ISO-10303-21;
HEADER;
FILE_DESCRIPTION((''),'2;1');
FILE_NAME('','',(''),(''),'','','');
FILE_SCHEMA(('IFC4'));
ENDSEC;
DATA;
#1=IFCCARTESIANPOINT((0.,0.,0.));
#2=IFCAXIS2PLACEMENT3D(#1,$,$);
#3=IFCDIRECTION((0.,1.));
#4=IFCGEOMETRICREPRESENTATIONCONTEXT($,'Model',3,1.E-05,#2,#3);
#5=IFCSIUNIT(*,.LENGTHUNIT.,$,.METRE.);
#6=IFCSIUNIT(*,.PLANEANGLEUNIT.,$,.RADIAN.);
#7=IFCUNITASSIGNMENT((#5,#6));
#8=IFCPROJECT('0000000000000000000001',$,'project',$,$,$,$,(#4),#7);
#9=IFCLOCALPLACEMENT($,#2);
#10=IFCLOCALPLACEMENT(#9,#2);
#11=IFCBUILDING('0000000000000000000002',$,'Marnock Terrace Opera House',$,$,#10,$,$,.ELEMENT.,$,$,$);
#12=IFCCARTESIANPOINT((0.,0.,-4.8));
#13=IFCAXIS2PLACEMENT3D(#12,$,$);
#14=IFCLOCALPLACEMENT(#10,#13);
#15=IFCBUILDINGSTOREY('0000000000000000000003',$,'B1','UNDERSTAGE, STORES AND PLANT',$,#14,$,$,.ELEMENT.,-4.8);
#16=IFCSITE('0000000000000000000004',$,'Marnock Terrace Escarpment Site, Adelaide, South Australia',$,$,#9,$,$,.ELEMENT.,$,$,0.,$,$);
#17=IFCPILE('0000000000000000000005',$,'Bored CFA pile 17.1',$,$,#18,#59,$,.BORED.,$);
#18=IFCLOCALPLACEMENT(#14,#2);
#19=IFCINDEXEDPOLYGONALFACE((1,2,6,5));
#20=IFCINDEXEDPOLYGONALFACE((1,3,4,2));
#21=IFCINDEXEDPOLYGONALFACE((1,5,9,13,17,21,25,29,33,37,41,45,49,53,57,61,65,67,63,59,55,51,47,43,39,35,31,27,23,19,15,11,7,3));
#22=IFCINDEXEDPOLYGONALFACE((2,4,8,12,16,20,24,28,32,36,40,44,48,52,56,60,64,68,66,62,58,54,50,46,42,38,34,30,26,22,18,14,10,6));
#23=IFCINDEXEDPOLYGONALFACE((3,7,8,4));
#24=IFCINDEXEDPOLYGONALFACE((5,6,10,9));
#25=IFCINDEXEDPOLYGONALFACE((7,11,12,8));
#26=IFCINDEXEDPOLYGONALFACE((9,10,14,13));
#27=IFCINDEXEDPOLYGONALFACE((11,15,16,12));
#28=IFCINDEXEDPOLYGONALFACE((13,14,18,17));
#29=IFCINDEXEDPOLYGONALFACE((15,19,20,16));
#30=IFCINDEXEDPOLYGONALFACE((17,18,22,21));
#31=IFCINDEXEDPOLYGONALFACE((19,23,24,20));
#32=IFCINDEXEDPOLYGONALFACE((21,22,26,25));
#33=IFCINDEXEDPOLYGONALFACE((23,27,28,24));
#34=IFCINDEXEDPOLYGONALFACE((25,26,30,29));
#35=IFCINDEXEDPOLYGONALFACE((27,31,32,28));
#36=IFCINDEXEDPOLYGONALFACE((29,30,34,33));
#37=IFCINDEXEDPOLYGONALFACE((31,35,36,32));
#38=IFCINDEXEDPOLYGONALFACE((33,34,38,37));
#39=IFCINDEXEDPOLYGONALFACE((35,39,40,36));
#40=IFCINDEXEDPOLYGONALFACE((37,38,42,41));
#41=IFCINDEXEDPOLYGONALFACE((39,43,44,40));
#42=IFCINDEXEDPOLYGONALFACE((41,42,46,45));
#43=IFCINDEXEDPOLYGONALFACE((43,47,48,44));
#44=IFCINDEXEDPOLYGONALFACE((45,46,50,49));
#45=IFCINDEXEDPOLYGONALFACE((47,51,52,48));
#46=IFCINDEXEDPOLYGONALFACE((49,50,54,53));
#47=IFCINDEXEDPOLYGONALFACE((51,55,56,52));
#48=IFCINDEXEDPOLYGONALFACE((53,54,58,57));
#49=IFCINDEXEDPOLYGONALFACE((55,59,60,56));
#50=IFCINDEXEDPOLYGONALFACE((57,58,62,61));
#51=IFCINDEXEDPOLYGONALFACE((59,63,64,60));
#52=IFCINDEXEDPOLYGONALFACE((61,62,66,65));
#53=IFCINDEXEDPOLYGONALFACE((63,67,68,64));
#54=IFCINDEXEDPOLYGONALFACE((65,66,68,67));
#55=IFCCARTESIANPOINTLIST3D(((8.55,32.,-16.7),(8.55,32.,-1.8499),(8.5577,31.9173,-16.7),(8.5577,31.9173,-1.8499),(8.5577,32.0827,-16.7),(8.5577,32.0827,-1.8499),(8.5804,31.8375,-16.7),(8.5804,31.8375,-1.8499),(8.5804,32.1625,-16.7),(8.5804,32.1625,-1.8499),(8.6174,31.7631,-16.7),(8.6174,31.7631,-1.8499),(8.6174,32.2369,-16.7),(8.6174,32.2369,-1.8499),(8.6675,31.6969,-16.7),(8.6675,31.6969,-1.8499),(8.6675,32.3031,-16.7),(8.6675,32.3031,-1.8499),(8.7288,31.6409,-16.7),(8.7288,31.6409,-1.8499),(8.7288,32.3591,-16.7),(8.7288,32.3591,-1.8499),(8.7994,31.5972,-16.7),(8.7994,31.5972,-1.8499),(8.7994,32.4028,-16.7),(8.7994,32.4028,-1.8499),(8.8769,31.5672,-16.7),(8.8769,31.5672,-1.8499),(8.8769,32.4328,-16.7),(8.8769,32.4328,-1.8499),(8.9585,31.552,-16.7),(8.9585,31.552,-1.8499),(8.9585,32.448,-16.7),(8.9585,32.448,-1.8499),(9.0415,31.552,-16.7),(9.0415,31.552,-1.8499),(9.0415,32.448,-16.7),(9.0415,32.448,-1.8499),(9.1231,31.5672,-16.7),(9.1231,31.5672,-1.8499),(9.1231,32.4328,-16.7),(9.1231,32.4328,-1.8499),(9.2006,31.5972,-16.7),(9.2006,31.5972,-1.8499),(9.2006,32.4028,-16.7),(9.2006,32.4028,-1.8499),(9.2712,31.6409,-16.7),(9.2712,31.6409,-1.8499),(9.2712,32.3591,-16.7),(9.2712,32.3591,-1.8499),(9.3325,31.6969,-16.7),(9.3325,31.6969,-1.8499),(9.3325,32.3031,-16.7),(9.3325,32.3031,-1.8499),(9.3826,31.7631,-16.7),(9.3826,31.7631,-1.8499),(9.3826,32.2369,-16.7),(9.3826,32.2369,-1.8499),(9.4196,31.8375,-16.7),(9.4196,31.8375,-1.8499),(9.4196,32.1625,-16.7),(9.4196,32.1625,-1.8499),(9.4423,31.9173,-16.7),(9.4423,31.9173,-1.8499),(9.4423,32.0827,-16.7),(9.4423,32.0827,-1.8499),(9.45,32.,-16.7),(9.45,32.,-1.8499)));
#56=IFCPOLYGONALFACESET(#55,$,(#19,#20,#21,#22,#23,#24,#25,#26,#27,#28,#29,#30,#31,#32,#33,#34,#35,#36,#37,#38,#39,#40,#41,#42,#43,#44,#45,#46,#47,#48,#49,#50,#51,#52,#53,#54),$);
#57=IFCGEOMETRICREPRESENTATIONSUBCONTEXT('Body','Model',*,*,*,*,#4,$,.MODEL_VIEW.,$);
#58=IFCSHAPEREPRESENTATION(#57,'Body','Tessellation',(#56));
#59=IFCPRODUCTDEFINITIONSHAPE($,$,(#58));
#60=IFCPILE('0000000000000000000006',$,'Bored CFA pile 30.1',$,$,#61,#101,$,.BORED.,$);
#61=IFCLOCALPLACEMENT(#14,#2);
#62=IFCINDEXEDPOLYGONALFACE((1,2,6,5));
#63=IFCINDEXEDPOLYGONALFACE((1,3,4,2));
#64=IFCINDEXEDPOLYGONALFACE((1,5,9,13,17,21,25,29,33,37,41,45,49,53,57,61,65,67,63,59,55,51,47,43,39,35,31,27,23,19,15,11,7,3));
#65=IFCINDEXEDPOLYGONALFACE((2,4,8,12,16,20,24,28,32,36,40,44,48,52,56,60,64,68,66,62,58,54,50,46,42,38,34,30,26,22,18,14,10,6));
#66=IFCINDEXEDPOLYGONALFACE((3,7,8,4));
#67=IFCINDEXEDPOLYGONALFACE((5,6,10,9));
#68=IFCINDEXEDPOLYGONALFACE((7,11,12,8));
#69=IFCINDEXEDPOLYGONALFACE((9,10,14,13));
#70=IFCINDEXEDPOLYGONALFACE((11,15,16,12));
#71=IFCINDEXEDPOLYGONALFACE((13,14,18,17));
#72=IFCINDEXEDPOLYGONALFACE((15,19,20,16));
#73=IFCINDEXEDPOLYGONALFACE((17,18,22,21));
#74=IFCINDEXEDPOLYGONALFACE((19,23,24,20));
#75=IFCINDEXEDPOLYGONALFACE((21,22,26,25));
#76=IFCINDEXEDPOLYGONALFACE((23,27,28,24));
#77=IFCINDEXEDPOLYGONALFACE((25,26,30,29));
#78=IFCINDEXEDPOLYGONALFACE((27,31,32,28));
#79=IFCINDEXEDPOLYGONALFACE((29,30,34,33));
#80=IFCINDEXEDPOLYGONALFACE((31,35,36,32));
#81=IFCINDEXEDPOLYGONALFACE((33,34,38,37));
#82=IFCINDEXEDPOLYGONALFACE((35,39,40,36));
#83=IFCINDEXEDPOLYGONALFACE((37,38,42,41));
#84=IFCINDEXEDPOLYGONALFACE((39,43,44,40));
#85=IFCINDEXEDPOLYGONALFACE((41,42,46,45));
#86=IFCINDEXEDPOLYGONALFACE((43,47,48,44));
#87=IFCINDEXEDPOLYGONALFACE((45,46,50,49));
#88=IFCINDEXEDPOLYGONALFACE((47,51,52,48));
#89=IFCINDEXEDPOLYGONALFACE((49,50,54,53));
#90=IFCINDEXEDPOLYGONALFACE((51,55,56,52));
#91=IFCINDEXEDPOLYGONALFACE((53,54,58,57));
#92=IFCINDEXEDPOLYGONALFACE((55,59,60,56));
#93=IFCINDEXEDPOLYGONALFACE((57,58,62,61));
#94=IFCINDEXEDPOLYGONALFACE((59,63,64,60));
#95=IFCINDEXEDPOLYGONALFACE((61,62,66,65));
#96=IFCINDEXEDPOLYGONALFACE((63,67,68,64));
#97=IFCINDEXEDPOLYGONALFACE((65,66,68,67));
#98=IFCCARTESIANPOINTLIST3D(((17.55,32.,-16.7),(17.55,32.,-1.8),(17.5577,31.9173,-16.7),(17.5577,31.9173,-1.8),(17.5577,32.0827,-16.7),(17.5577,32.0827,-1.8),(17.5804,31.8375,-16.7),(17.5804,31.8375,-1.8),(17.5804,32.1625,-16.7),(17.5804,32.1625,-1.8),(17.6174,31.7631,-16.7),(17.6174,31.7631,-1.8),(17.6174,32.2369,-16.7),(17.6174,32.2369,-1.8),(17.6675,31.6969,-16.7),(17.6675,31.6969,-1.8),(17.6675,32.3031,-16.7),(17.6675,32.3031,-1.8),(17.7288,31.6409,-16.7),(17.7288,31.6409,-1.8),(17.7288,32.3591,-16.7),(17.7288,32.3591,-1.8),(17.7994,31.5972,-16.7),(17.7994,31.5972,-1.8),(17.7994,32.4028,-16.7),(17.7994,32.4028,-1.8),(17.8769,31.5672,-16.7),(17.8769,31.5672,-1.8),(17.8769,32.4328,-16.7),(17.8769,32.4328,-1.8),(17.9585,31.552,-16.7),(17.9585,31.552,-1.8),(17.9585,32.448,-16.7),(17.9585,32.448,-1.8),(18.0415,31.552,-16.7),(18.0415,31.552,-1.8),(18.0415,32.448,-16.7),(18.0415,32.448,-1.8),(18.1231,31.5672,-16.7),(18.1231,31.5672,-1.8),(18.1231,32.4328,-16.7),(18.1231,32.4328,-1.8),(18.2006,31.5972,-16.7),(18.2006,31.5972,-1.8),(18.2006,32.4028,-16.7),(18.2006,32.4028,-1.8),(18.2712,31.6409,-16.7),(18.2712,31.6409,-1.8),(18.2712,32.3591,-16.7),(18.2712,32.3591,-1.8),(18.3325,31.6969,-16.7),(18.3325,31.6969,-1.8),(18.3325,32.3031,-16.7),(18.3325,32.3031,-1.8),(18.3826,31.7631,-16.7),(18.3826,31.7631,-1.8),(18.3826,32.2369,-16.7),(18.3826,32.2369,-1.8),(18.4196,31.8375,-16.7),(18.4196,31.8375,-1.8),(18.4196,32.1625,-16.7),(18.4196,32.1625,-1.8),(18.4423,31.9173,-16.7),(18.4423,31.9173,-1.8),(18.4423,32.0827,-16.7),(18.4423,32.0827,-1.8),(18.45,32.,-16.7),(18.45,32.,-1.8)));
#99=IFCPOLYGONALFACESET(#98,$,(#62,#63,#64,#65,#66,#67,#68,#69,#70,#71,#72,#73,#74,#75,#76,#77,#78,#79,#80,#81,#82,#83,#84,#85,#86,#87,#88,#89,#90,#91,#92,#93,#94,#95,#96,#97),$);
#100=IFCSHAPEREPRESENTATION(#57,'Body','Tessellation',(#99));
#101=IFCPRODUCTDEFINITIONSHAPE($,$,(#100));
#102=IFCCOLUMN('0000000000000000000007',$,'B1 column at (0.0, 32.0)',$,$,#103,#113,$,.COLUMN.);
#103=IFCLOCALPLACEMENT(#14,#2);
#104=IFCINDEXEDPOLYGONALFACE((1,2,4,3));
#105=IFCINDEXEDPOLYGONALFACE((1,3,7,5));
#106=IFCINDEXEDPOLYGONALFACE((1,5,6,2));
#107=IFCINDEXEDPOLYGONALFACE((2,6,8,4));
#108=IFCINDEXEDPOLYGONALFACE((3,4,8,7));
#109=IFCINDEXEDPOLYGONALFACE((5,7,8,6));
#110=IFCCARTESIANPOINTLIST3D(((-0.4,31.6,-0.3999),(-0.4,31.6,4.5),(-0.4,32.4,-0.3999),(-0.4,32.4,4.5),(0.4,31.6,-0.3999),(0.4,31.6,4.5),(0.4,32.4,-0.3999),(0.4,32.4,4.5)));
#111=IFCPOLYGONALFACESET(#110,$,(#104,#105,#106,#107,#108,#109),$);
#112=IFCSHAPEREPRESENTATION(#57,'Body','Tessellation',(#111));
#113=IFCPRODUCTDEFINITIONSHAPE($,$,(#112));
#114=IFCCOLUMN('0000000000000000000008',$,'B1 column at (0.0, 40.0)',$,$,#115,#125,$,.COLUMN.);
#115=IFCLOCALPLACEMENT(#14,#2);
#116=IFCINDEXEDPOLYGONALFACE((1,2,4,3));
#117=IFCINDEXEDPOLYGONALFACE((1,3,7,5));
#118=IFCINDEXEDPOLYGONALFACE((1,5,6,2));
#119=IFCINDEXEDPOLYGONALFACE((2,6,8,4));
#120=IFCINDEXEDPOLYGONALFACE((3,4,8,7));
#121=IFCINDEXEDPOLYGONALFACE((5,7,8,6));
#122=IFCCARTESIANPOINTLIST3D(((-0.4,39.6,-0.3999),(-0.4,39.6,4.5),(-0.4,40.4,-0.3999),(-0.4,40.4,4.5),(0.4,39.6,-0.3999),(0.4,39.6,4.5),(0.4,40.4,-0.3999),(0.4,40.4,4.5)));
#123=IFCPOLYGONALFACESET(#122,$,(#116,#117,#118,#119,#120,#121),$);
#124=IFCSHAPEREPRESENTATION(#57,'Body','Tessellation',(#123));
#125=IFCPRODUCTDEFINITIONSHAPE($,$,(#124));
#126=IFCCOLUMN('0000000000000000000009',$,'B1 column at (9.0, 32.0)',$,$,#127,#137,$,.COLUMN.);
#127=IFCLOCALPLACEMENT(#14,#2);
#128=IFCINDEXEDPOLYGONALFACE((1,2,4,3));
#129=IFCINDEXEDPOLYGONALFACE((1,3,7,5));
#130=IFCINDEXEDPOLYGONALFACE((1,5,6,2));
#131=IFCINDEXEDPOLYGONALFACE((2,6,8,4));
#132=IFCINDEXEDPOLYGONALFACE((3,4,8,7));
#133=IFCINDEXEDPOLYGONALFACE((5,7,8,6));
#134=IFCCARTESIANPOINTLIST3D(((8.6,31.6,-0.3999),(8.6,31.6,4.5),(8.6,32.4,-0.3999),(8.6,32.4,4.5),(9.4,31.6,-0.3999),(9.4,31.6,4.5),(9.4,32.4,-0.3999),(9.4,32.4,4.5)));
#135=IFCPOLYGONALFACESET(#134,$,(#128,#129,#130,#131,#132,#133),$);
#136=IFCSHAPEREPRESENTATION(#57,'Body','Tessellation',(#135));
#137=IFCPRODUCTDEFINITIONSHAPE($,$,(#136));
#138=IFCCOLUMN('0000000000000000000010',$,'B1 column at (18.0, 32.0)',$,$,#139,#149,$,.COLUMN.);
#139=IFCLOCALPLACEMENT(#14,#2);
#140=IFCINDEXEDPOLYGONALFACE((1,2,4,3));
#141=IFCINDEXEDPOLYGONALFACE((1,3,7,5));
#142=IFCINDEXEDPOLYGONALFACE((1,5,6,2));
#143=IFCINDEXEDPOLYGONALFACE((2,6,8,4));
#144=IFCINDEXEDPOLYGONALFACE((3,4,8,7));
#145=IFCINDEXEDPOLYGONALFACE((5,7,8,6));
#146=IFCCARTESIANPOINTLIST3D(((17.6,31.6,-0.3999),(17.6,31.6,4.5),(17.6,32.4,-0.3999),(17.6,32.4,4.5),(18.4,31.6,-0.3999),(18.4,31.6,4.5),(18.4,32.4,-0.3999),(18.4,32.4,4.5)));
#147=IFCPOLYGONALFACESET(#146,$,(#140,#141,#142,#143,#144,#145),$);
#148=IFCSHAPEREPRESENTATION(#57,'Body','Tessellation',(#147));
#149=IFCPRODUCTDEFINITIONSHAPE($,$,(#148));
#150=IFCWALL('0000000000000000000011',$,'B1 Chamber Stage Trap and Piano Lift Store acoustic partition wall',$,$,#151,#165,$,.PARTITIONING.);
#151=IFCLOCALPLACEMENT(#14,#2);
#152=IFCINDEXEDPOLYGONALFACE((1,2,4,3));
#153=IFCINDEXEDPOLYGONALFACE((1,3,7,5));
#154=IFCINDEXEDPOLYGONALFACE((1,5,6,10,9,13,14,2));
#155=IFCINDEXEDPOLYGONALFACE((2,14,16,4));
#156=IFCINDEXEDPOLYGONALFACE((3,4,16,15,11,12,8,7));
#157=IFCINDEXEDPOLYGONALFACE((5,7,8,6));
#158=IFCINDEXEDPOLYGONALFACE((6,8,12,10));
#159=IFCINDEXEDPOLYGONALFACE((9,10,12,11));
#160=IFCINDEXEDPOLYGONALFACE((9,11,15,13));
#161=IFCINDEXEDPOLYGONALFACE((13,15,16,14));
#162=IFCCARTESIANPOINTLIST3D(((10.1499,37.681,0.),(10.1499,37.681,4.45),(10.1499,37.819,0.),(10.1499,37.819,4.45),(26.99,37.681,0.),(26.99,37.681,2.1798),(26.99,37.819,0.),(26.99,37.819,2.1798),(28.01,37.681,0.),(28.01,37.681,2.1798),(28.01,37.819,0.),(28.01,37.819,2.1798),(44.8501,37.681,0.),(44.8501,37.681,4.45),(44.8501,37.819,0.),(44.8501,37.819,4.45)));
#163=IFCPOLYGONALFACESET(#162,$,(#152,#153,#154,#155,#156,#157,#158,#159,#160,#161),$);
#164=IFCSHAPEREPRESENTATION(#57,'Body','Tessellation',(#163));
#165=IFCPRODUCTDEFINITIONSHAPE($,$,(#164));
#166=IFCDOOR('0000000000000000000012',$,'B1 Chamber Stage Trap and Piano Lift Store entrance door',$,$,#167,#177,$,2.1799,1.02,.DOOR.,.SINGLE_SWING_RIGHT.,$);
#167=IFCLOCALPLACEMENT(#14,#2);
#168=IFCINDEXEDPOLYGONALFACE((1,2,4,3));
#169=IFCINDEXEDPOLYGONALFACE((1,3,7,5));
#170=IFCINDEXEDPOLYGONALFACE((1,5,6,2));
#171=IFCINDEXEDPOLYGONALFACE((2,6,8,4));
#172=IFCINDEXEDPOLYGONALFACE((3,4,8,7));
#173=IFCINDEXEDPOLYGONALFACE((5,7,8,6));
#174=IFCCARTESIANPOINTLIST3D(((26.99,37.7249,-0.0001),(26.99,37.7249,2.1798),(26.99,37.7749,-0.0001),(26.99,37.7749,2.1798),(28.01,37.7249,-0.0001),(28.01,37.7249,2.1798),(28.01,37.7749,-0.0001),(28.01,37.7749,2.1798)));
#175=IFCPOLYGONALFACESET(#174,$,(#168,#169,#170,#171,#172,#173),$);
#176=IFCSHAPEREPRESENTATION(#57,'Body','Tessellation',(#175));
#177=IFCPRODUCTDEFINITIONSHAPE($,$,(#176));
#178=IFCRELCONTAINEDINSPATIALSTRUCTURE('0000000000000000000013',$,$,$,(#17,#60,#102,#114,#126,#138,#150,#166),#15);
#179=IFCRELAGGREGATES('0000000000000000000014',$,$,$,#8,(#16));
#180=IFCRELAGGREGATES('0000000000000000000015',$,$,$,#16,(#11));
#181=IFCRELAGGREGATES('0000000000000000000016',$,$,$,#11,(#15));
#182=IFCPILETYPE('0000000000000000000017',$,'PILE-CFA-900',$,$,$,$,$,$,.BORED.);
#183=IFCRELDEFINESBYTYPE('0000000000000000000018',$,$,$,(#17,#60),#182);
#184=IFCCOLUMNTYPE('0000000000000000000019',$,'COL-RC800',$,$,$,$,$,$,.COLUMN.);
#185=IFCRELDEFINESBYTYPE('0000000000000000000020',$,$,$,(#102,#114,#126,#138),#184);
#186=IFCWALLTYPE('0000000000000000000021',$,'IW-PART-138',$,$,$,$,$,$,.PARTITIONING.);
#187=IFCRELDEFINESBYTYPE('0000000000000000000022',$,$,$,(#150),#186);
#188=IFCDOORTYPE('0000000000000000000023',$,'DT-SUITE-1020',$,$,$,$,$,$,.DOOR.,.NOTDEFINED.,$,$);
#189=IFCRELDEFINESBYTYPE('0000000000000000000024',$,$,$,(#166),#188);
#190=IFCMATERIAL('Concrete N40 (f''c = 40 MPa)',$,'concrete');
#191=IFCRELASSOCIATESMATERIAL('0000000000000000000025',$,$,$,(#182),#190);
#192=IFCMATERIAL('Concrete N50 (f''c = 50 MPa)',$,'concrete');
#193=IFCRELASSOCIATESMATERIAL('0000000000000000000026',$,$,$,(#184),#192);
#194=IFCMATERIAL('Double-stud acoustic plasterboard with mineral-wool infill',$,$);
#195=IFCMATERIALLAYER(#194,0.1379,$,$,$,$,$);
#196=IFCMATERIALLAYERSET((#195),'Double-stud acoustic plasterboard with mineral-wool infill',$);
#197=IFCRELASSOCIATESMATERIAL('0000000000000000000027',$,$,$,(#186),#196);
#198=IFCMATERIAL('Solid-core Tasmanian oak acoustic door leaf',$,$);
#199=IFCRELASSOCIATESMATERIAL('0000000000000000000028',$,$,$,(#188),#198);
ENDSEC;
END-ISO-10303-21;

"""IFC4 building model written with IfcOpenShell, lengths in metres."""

from ifc_helpers import new_model, si_unit, direction, frame, frame_2d, origin, origin_2d, place, context, subcontext, project, spatial, rectangle, circle, extrude, material, layer, layer_set, material_profile, profile_set, type_object, element, fill, save


model = new_model("IFC4")

# Units and contexts
model_context = context("Model", 3, precision=1e-05, world=origin(), true_north=direction((0.0, 1.0)))
body_context = subcontext(model_context, "Body", "Model", "MODEL_VIEW")
ifc_project = project(units=[si_unit("LENGTHUNIT", "METRE"), si_unit("PLANEANGLEUNIT", "RADIAN")], contexts=[model_context])

# Site, building, storey
site_placement = place(None, origin())
site = spatial("IfcSite", under=ifc_project, at=site_placement, Name="Marnock Terrace Escarpment Site, Adelaide, South Australia", CompositionType="ELEMENT", RefElevation=0.0)
building_placement = place(site_placement, origin())
building = spatial("IfcBuilding", under=site, at=building_placement, Name="Marnock Terrace Opera House", CompositionType="ELEMENT")
storey_placement = place(building_placement, frame((0.0, 0.0, -4.8)))
storey = spatial("IfcBuildingStorey", under=building, at=storey_placement, Name="B1", Description="UNDERSTAGE, STORES AND PLANT", CompositionType="ELEMENT", Elevation=-4.8)

# Shared definitions
ifc_material_1 = material(Name="Concrete N40 (f'c = 40 MPa)", Category="concrete")

# Piles
ifc_material_profile_1 = material_profile(ifc_material_1, circle(Radius=0.45, at=origin_2d()))
ifc_profile_set_1 = profile_set([ifc_material_profile_1], Name="Concrete N40 (f'c = 40 MPa)")
pile_type = type_object("IfcPileType", Name="PILE-CFA-900", PredefinedType="BORED", material=ifc_profile_set_1)
pile_1_placement = place(storey_placement, frame((9.0, 32.0, -1.8499), z_axis=(0.0, 0.0, -1.0), x_axis=(1.0, 0.0, 0.0)))
element("IfcPile", 1, at=pile_1_placement, inside=storey, type_object=pile_type, Name="Bored CFA pile 17.1", PredefinedType="BORED", context=body_context, shape_type="SweptSolid", body=[
    extrude(circle(Radius=0.45, at=origin_2d()), origin(), (0.0, 0.0, 1.0), 14.8501),
])
pile_2_placement = place(storey_placement, frame((18.0, 32.0, -1.8), z_axis=(0.0, 0.0, -1.0), x_axis=(1.0, 0.0, 0.0)))
element("IfcPile", 2, at=pile_2_placement, inside=storey, type_object=pile_type, Name="Bored CFA pile 30.1", PredefinedType="BORED", context=body_context, shape_type="SweptSolid", body=[
    extrude(circle(Radius=0.45, at=origin_2d()), origin(), (0.0, 0.0, 1.0), 14.8999),
])

# Columns
ifc_material_2 = material(Name="Concrete N50 (f'c = 50 MPa)", Category="concrete")
ifc_material_profile_2 = material_profile(ifc_material_2, rectangle(XDim=0.8, YDim=0.8, at=origin_2d()))
ifc_profile_set_2 = profile_set([ifc_material_profile_2], Name="Concrete N50 (f'c = 50 MPa)")
column_type = type_object("IfcColumnType", Name="COL-RC800", PredefinedType="COLUMN", material=ifc_profile_set_2)
for number, where, z_axis, x_axis, name in (
    (3, (0.0, 32.0, -0.3999), (0.0, 0.0, 1.0), (1.0, 0.0, 0.0), "B1 column at (0.0, 32.0)"),
    (4, (0.0, 40.0, -0.3999), (0.0, 0.0, 1.0), (1.0, 0.0, 0.0), "B1 column at (0.0, 40.0)"),
    (5, (9.0, 32.0, -0.3999), (0.0, 0.0, 1.0), (1.0, 0.0, 0.0), "B1 column at (9.0, 32.0)"),
    (6, (18.0, 32.0, -0.3999), (0.0, 0.0, 1.0), (1.0, 0.0, 0.0), "B1 column at (18.0, 32.0)"),
):
    element("IfcColumn", number, at=place(storey_placement, frame(where, z_axis=z_axis, x_axis=x_axis)), inside=storey, type_object=column_type, Name=name, PredefinedType="COLUMN", context=body_context, shape_type="SweptSolid", body=[
        extrude(rectangle(XDim=0.8, YDim=0.8, at=origin_2d()), origin(), (0.0, 0.0, 1.0), 4.8999),
    ])

# Wall, opening, door
ifc_material_3 = material(Name="Double-stud acoustic plasterboard with mineral-wool infill")
ifc_layer_1 = layer(ifc_material_3, 0.1379)
ifc_layer_set_1 = layer_set([ifc_layer_1], Name="Double-stud acoustic plasterboard with mineral-wool infill")
wall_type = type_object("IfcWallType", Name="IW-PART-138", PredefinedType="PARTITIONING", material=ifc_layer_set_1)
wall_placement = place(storey_placement, frame((10.1499, 37.75, 0.0), z_axis=(0.0, 0.0, 1.0), x_axis=(1.0, 0.0, 0.0)))
wall = element("IfcWall", 7, at=wall_placement, inside=storey, type_object=wall_type, Name="B1 Chamber Stage Trap and Piano Lift Store acoustic partition wall", PredefinedType="PARTITIONING", context=body_context, shape_type="SweptSolid", body=[
    extrude(rectangle(XDim=34.7002, YDim=0.1379, at=frame_2d((17.3501, 0.0))), origin(), (0.0, 0.0, 1.0), 4.45),
])
opening_placement = place(wall_placement, frame((16.8401, 0.0, 0.0)))
opening = element("IfcOpeningElement", 8, at=opening_placement, cuts=wall, PredefinedType="OPENING", context=body_context, shape_type="SweptSolid", body=[
    extrude(rectangle(XDim=1.02, YDim=2.1799, at=frame_2d((0.51, 1.0898))), frame((0.0, 0.0789, 0.0), z_axis=(0.0, -1.0, 0.0), x_axis=(1.0, 0.0, 0.0)), (0.0, 0.0, 1.0), 0.158),
])
ifc_material_4 = material(Name="Solid-core Tasmanian oak acoustic door leaf")
door_type = type_object("IfcDoorType", Name="DT-SUITE-1020", OperationType="NOTDEFINED", PredefinedType="DOOR", material=ifc_material_4)
door_placement = place(opening_placement, origin())
door = element("IfcDoor", 9, at=door_placement, inside=storey, type_object=door_type, Name="B1 Chamber Stage Trap and Piano Lift Store entrance door", OperationType="SINGLE_SWING_RIGHT", OverallHeight=2.1799, OverallWidth=1.02, PredefinedType="DOOR", context=body_context, shape_type="SweptSolid", body=[
    extrude(rectangle(XDim=1.02, YDim=2.1799, at=frame_2d((0.51, 1.0898))), frame((0.0, 0.0249, 0.0), z_axis=(0.0, -1.0, 0.0), x_axis=(1.0, 0.0, 0.0)), (0.0, 0.0, 1.0), 0.05),
])
fill(opening, door)

save(model, "model.ifc")
